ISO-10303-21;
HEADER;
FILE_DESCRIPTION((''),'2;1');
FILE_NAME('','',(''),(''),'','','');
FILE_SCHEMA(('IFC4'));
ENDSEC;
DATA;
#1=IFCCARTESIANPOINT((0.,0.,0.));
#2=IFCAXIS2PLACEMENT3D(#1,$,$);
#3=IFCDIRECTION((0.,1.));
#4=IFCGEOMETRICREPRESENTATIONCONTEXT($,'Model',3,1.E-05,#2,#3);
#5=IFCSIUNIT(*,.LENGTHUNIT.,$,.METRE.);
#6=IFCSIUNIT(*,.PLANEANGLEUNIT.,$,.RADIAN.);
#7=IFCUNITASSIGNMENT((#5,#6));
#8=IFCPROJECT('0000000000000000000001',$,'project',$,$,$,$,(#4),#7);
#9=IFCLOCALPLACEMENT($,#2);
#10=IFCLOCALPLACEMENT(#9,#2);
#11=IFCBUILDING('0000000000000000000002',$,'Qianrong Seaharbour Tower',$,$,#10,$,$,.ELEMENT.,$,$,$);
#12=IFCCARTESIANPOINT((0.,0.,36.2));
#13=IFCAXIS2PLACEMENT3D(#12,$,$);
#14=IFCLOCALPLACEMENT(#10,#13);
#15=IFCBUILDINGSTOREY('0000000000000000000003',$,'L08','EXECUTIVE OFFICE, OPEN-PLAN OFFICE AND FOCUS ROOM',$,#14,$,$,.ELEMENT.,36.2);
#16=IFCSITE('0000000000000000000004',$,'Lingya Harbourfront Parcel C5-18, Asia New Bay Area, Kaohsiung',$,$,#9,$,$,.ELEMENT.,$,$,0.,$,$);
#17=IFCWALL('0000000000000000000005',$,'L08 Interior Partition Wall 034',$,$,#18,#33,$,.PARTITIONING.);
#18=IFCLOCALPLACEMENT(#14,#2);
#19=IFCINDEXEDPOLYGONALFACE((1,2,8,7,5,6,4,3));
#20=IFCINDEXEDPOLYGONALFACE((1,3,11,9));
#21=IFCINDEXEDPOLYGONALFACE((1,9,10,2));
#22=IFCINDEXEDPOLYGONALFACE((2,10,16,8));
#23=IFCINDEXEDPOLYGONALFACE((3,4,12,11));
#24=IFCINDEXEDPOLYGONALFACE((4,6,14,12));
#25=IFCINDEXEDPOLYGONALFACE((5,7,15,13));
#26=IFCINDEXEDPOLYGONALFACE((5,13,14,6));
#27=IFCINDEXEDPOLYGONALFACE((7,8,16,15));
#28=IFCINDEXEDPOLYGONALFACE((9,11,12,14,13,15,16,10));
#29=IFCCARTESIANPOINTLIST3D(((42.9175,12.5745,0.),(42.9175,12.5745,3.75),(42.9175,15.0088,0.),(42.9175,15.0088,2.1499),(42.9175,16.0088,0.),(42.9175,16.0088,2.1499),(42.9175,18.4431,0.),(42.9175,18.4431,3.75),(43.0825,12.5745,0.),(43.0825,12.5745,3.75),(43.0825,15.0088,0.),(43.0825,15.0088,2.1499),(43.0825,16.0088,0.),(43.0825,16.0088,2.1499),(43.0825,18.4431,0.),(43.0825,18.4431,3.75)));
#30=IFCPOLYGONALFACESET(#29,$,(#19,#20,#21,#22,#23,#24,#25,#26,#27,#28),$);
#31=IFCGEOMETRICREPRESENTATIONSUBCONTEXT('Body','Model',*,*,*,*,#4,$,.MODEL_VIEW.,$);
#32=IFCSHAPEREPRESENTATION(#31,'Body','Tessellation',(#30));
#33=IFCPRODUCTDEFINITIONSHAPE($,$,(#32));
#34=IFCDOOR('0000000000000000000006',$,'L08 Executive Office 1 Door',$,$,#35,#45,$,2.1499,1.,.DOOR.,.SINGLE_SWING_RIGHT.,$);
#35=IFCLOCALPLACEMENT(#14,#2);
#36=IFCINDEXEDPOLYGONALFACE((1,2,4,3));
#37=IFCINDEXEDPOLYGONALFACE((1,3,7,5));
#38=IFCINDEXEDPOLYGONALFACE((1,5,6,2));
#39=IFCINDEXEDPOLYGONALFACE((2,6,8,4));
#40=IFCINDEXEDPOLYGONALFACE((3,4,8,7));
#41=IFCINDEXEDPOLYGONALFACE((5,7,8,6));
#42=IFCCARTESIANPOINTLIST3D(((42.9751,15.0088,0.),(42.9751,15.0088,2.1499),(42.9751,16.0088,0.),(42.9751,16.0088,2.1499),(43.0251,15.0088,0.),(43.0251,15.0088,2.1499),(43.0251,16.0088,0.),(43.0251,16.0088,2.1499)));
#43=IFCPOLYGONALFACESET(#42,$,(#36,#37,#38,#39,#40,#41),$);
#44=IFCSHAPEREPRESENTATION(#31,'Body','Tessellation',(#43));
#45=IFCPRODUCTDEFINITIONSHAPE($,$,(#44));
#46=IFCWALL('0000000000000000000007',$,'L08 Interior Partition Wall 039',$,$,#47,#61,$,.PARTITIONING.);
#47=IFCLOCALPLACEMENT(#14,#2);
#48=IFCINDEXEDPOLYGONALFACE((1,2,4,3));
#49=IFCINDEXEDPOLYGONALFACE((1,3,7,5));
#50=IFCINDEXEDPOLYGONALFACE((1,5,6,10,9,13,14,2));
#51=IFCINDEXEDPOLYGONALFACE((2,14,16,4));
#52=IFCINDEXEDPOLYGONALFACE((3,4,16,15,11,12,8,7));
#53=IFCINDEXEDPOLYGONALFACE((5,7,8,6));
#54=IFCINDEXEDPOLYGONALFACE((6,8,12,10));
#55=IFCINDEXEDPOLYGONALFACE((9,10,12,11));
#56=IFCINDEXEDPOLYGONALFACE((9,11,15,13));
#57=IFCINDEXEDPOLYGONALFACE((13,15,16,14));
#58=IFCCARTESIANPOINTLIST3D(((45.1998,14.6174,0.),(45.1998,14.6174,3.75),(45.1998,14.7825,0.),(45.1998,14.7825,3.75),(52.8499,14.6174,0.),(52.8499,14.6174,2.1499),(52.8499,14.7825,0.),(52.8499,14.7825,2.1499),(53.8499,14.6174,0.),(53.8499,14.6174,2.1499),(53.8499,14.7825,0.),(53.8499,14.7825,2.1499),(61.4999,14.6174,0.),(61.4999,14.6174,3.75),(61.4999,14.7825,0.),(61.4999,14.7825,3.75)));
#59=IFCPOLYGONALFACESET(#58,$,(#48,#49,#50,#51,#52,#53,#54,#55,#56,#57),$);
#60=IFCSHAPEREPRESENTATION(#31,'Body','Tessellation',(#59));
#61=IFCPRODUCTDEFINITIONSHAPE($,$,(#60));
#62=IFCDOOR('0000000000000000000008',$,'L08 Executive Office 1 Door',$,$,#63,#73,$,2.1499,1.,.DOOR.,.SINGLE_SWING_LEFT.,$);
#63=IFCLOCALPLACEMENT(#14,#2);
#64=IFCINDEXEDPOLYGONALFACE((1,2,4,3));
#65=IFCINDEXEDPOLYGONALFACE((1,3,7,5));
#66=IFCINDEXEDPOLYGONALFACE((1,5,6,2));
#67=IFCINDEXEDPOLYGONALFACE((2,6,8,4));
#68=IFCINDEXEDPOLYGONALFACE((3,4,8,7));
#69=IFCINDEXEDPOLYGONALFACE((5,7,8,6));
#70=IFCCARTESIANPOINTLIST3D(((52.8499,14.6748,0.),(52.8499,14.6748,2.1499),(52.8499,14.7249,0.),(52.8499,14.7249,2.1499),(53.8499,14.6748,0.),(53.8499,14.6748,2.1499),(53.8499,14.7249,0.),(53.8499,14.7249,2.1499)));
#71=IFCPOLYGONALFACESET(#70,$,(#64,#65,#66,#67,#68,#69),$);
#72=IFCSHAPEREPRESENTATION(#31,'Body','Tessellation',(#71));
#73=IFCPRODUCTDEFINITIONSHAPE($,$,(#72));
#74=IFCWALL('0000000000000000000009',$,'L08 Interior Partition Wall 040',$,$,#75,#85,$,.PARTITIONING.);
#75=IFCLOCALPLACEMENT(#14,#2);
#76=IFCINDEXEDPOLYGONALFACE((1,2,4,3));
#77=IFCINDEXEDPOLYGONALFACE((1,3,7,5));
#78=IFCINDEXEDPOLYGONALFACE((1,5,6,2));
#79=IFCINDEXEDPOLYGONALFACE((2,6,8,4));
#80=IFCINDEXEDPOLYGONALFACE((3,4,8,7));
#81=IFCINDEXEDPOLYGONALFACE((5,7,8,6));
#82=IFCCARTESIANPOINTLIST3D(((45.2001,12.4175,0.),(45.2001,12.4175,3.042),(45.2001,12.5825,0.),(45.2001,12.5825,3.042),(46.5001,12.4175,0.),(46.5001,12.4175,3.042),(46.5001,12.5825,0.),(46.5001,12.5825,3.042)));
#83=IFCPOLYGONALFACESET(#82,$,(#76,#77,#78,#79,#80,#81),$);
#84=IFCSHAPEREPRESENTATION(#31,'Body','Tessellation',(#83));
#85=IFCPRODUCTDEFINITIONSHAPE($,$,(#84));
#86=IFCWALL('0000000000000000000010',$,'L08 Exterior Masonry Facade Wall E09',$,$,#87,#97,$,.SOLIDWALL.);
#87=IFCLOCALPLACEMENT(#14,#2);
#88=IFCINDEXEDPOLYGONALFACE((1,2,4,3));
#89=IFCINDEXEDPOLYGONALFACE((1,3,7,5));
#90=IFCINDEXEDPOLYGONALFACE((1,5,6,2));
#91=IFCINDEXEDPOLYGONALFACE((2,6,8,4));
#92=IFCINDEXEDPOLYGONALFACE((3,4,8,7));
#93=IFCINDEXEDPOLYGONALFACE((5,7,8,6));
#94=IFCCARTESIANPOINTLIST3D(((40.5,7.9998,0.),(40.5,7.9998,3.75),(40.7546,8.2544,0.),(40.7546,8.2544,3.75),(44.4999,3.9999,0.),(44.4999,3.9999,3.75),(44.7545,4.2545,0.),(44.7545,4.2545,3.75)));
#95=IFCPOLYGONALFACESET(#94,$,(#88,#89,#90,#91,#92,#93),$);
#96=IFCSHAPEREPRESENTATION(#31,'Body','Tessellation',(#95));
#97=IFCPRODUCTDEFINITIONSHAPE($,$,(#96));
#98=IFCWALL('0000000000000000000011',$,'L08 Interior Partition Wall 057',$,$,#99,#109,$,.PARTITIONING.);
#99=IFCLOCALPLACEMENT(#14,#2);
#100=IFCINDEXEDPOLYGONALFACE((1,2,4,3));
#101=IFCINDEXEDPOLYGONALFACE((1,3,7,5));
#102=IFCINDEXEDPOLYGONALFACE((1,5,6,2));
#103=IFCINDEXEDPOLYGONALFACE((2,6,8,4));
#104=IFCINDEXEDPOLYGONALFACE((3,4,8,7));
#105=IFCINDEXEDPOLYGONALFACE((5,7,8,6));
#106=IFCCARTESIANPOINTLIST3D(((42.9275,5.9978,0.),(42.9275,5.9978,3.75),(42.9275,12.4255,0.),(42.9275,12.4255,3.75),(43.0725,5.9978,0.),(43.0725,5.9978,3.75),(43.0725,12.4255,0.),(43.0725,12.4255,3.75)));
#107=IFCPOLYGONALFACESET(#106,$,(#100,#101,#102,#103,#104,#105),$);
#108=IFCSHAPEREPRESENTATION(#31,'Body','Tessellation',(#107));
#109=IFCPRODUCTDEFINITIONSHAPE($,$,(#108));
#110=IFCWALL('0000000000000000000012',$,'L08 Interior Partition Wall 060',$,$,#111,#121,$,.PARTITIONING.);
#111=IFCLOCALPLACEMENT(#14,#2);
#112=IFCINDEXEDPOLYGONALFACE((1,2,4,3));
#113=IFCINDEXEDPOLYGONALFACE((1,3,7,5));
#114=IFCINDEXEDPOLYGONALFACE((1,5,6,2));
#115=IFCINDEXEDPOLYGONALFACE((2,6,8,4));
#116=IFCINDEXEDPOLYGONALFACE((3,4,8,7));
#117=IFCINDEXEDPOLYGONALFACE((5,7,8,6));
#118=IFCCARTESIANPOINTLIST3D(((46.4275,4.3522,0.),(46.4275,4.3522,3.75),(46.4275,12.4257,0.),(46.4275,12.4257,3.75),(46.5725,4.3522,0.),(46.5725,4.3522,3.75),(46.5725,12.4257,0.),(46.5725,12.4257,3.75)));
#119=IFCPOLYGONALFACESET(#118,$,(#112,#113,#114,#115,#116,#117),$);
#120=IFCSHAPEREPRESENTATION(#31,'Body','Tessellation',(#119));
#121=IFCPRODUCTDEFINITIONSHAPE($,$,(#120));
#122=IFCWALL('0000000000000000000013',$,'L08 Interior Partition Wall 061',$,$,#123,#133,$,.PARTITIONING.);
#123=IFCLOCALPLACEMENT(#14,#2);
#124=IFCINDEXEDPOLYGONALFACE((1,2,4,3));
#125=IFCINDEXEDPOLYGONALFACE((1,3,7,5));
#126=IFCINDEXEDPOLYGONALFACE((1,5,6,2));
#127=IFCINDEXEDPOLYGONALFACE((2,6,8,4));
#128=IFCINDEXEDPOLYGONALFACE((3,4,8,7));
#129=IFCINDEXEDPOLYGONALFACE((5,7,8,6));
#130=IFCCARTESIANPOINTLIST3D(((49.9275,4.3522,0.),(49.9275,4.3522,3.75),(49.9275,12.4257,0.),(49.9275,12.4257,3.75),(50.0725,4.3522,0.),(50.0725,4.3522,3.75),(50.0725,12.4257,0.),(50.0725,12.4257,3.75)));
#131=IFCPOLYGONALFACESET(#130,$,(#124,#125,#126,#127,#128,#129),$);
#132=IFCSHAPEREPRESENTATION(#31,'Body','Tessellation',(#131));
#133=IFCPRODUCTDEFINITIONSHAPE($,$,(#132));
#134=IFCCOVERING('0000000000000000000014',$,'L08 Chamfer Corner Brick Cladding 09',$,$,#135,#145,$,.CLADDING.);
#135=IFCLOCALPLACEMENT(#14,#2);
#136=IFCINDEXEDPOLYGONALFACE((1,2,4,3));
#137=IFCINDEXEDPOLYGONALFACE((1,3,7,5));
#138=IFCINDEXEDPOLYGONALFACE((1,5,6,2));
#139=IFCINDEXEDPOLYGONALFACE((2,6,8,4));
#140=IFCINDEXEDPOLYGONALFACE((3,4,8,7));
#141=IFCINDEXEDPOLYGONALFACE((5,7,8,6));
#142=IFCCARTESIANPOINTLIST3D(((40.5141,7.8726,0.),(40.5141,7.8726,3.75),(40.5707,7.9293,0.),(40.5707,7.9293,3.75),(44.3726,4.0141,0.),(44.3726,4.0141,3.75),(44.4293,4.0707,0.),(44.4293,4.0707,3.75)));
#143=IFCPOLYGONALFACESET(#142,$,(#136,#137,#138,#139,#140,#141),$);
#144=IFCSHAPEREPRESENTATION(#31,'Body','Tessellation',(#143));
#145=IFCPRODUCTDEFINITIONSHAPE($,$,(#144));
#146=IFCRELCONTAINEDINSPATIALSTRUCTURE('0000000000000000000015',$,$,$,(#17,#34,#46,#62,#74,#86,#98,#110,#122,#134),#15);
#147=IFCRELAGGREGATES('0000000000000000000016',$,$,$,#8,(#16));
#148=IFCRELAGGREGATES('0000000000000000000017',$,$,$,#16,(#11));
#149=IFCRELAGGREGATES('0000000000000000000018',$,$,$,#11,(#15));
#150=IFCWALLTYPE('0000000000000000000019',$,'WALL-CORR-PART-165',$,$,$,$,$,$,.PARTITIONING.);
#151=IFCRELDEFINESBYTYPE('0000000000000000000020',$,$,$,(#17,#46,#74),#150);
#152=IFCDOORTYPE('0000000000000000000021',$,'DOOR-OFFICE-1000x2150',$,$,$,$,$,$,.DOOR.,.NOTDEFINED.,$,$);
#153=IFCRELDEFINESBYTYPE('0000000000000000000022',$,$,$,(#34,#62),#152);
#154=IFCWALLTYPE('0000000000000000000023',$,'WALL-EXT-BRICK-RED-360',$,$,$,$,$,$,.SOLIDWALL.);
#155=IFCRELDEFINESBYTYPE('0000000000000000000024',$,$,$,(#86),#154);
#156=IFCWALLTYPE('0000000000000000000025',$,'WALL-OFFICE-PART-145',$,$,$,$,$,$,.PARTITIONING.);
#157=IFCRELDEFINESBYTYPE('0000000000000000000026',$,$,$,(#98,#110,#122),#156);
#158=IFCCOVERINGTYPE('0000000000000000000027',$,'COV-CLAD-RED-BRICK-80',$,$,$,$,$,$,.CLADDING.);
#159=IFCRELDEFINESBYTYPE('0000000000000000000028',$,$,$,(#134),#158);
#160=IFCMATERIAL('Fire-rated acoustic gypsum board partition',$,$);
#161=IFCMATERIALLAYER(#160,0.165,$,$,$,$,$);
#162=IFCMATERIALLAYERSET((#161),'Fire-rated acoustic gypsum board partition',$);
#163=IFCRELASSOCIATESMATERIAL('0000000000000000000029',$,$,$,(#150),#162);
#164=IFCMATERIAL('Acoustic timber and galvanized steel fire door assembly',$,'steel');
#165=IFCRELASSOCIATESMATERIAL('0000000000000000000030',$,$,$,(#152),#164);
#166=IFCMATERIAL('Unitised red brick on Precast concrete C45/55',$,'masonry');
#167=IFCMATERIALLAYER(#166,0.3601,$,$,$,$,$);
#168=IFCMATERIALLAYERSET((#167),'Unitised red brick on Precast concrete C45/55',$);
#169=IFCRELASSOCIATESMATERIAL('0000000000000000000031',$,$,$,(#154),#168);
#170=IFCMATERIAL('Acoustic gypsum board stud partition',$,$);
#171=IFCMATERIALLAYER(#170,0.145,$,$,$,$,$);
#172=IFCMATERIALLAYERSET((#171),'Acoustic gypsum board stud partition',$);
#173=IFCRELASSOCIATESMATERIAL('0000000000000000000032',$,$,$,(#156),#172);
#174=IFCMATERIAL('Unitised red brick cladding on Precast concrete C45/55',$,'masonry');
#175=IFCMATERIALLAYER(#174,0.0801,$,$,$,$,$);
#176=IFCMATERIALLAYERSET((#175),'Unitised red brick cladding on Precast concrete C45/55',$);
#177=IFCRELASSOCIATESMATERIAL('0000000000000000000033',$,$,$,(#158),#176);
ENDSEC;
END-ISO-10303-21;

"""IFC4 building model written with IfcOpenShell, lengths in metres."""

from ifc_helpers import new_model, si_unit, direction, frame, frame_2d, origin, origin_2d, place, context, subcontext, project, spatial, rectangle, extrude, material, layer, layer_set, type_object, element, fill, save


model = new_model("IFC4")

# Units and contexts
model_context = context("Model", 3, precision=1e-05, world=origin(), true_north=direction((0.0, 1.0)))
body_context = subcontext(model_context, "Body", "Model", "MODEL_VIEW")
ifc_project = project(units=[si_unit("LENGTHUNIT", "METRE"), si_unit("PLANEANGLEUNIT", "RADIAN")], contexts=[model_context])

# Site, building, storey
site_placement = place(None, origin())
site = spatial("IfcSite", under=ifc_project, at=site_placement, Name="Lingya Harbourfront Parcel C5-18, Asia New Bay Area, Kaohsiung", CompositionType="ELEMENT", RefElevation=0.0)
building_placement = place(site_placement, origin())
building = spatial("IfcBuilding", under=site, at=building_placement, Name="Qianrong Seaharbour Tower", CompositionType="ELEMENT")
storey_placement = place(building_placement, frame((0.0, 0.0, 36.2)))
storey = spatial("IfcBuildingStorey", under=building, at=storey_placement, Name="L08", Description="EXECUTIVE OFFICE, OPEN-PLAN OFFICE AND FOCUS ROOM", CompositionType="ELEMENT", Elevation=36.2)

# Walls, openings, doors
ifc_material_1 = material(Name="Fire-rated acoustic gypsum board partition")
ifc_layer_1 = layer(ifc_material_1, 0.165)
ifc_layer_set_1 = layer_set([ifc_layer_1], Name="Fire-rated acoustic gypsum board partition")
wall_type_1 = type_object("IfcWallType", Name="WALL-CORR-PART-165", PredefinedType="PARTITIONING", material=ifc_layer_set_1)
wall_1_placement = place(storey_placement, frame((43.0, 12.5745, 0.0), z_axis=(0.0, 0.0, 1.0), x_axis=(0.0, 1.0, 0.0)))
wall_1 = element("IfcWall", 1, at=wall_1_placement, inside=storey, type_object=wall_type_1, Name="L08 Interior Partition Wall 034", PredefinedType="PARTITIONING", context=body_context, shape_type="SweptSolid", body=[
    extrude(rectangle(XDim=5.8687, YDim=0.165, at=frame_2d((2.9343, 0.0))), origin(), (0.0, 0.0, 1.0), 3.75),
])
opening_1_placement = place(wall_1_placement, frame((2.4343, 0.0, 0.0)))
opening_1 = element("IfcOpeningElement", 2, at=opening_1_placement, cuts=wall_1, PredefinedType="OPENING", context=body_context, shape_type="SweptSolid", body=[
    extrude(rectangle(XDim=1.0, YDim=2.1499, at=frame_2d((0.5, 1.075))), frame((0.0, 0.0925, 0.0), z_axis=(0.0, -1.0, 0.0), x_axis=(1.0, 0.0, 0.0)), (0.0, 0.0, 1.0), 0.1851),
])
ifc_material_2 = material(Name="Acoustic timber and galvanized steel fire door assembly", Category="steel")
door_type = type_object("IfcDoorType", Name="DOOR-OFFICE-1000x2150", OperationType="NOTDEFINED", PredefinedType="DOOR", material=ifc_material_2)
door_1_placement = place(opening_1_placement, origin())
door_1 = element("IfcDoor", 3, at=door_1_placement, inside=storey, type_object=door_type, Name="L08 Executive Office 1 Door", OperationType="SINGLE_SWING_RIGHT", OverallHeight=2.1499, OverallWidth=1.0, PredefinedType="DOOR", context=body_context, shape_type="SweptSolid", body=[
    extrude(rectangle(XDim=1.0, YDim=2.1499, at=frame_2d((0.5, 1.075))), frame((0.0, 0.0249, 0.0), z_axis=(0.0, -1.0, 0.0), x_axis=(1.0, 0.0, 0.0)), (0.0, 0.0, 1.0), 0.05),
])
fill(opening_1, door_1)
wall_2_placement = place(storey_placement, frame((45.2, 14.7, 0.0), z_axis=(0.0, 0.0, 1.0), x_axis=(1.0, 0.0, 0.0)))
wall_2 = element("IfcWall", 4, at=wall_2_placement, inside=storey, type_object=wall_type_1, Name="L08 Interior Partition Wall 039", PredefinedType="PARTITIONING", context=body_context, shape_type="SweptSolid", body=[
    extrude(rectangle(XDim=16.3, YDim=0.165, at=frame_2d((8.1499, 0.0))), origin(), (0.0, 0.0, 1.0), 3.75),
])
opening_2_placement = place(wall_2_placement, frame((7.6499, 0.0, 0.0)))
opening_2 = element("IfcOpeningElement", 5, at=opening_2_placement, cuts=wall_2, PredefinedType="OPENING", context=body_context, shape_type="SweptSolid", body=[
    extrude(rectangle(XDim=1.0, YDim=2.1499, at=frame_2d((0.5, 1.075))), frame((0.0, 0.0925, 0.0), z_axis=(0.0, -1.0, 0.0), x_axis=(1.0, 0.0, 0.0)), (0.0, 0.0, 1.0), 0.1851),
])
door_2_placement = place(opening_2_placement, origin())
door_2 = element("IfcDoor", 6, at=door_2_placement, inside=storey, type_object=door_type, Name="L08 Executive Office 1 Door", OperationType="SINGLE_SWING_LEFT", OverallHeight=2.1499, OverallWidth=1.0, PredefinedType="DOOR", context=body_context, shape_type="SweptSolid", body=[
    extrude(rectangle(XDim=1.0, YDim=2.1499, at=frame_2d((0.5, 1.075))), frame((0.0, 0.0249, 0.0), z_axis=(0.0, -1.0, 0.0), x_axis=(1.0, 0.0, 0.0)), (0.0, 0.0, 1.0), 0.05),
])
fill(opening_2, door_2)

# Walls
wall_3_placement = place(storey_placement, frame((46.5, 12.5, 0.0), z_axis=(0.0, 0.0, 1.0), x_axis=(-1.0, 0.0, 0.0)))
element("IfcWall", 7, at=wall_3_placement, inside=storey, type_object=wall_type_1, Name="L08 Interior Partition Wall 040", PredefinedType="PARTITIONING", context=body_context, shape_type="SweptSolid", body=[
    extrude(rectangle(XDim=1.3, YDim=0.165, at=frame_2d((0.6499, 0.0))), origin(), (0.0, 0.0, 1.0), 3.042),
])
ifc_material_3 = material(Name="Unitised red brick on Precast concrete C45/55", Category="masonry")
ifc_layer_2 = layer(ifc_material_3, 0.3601)
ifc_layer_set_2 = layer_set([ifc_layer_2], Name="Unitised red brick on Precast concrete C45/55")
wall_type_2 = type_object("IfcWallType", Name="WALL-EXT-BRICK-RED-360", PredefinedType="SOLIDWALL", material=ifc_layer_set_2)
wall_4_placement = place(storey_placement, frame((44.6272, 4.1272, 0.0), z_axis=(0.0, 0.0, 1.0), x_axis=(-0.707107, 0.707107, 0.0)))
element("IfcWall", 8, at=wall_4_placement, inside=storey, type_object=wall_type_2, Name="L08 Exterior Masonry Facade Wall E09", PredefinedType="SOLIDWALL", context=body_context, shape_type="SweptSolid", body=[
    extrude(rectangle(XDim=5.6567, YDim=0.3601, at=frame_2d((2.8284, 0.0))), origin(), (0.0, 0.0, 1.0), 3.75),
])
ifc_material_4 = material(Name="Acoustic gypsum board stud partition")
ifc_layer_3 = layer(ifc_material_4, 0.145)
ifc_layer_set_3 = layer_set([ifc_layer_3], Name="Acoustic gypsum board stud partition")
wall_type_3 = type_object("IfcWallType", Name="WALL-OFFICE-PART-145", PredefinedType="PARTITIONING", material=ifc_layer_set_3)
wall_5_placement = place(storey_placement, frame((43.0, 12.4255, 0.0), z_axis=(0.0, 0.0, 1.0), x_axis=(0.0, -1.0, 0.0)))
element("IfcWall", 9, at=wall_5_placement, inside=storey, type_object=wall_type_3, Name="L08 Interior Partition Wall 057", PredefinedType="PARTITIONING", context=body_context, shape_type="SweptSolid", body=[
    extrude(rectangle(XDim=6.4277, YDim=0.145, at=frame_2d((3.2139, 0.0))), origin(), (0.0, 0.0, 1.0), 3.75),
])
for number, where, z_axis, x_axis, name in (
    (10, (46.5, 12.4255, 0.0), (0.0, 0.0, 1.0), (0.0, -1.0, 0.0), "L08 Interior Partition Wall 060"),
    (11, (50.0, 12.4255, 0.0), (0.0, 0.0, 1.0), (0.0, -1.0, 0.0), "L08 Interior Partition Wall 061"),
):
    element("IfcWall", number, at=place(storey_placement, frame(where, z_axis=z_axis, x_axis=x_axis)), inside=storey, type_object=wall_type_3, Name=name, PredefinedType="PARTITIONING", context=body_context, shape_type="SweptSolid", body=[
        extrude(rectangle(XDim=8.0735, YDim=0.145, at=frame_2d((4.0366, 0.0))), origin(), (0.0, 0.0, 1.0), 3.75),
    ])

# Covering
ifc_material_5 = material(Name="Unitised red brick cladding on Precast concrete C45/55", Category="masonry")
ifc_layer_4 = layer(ifc_material_5, 0.0801)
ifc_layer_set_4 = layer_set([ifc_layer_4], Name="Unitised red brick cladding on Precast concrete C45/55")
covering_type = type_object("IfcCoveringType", Name="COV-CLAD-RED-BRICK-80", PredefinedType="CLADDING", material=ifc_layer_set_4)
covering_placement = place(storey_placement, frame((42.4717, 5.9717, 0.0), z_axis=(0.0, 0.0, 1.0), x_axis=(-0.707107, 0.707107, 0.0)))
element("IfcCovering", 12, at=covering_placement, inside=storey, type_object=covering_type, Name="L08 Chamfer Corner Brick Cladding 09", PredefinedType="CLADDING", context=body_context, shape_type="SweptSolid", body=[
    extrude(rectangle(XDim=5.4568, YDim=0.0801, at=origin_2d()), origin(), (0.0, 0.0, 1.0), 3.75),
])

save(model, "model.ifc")
